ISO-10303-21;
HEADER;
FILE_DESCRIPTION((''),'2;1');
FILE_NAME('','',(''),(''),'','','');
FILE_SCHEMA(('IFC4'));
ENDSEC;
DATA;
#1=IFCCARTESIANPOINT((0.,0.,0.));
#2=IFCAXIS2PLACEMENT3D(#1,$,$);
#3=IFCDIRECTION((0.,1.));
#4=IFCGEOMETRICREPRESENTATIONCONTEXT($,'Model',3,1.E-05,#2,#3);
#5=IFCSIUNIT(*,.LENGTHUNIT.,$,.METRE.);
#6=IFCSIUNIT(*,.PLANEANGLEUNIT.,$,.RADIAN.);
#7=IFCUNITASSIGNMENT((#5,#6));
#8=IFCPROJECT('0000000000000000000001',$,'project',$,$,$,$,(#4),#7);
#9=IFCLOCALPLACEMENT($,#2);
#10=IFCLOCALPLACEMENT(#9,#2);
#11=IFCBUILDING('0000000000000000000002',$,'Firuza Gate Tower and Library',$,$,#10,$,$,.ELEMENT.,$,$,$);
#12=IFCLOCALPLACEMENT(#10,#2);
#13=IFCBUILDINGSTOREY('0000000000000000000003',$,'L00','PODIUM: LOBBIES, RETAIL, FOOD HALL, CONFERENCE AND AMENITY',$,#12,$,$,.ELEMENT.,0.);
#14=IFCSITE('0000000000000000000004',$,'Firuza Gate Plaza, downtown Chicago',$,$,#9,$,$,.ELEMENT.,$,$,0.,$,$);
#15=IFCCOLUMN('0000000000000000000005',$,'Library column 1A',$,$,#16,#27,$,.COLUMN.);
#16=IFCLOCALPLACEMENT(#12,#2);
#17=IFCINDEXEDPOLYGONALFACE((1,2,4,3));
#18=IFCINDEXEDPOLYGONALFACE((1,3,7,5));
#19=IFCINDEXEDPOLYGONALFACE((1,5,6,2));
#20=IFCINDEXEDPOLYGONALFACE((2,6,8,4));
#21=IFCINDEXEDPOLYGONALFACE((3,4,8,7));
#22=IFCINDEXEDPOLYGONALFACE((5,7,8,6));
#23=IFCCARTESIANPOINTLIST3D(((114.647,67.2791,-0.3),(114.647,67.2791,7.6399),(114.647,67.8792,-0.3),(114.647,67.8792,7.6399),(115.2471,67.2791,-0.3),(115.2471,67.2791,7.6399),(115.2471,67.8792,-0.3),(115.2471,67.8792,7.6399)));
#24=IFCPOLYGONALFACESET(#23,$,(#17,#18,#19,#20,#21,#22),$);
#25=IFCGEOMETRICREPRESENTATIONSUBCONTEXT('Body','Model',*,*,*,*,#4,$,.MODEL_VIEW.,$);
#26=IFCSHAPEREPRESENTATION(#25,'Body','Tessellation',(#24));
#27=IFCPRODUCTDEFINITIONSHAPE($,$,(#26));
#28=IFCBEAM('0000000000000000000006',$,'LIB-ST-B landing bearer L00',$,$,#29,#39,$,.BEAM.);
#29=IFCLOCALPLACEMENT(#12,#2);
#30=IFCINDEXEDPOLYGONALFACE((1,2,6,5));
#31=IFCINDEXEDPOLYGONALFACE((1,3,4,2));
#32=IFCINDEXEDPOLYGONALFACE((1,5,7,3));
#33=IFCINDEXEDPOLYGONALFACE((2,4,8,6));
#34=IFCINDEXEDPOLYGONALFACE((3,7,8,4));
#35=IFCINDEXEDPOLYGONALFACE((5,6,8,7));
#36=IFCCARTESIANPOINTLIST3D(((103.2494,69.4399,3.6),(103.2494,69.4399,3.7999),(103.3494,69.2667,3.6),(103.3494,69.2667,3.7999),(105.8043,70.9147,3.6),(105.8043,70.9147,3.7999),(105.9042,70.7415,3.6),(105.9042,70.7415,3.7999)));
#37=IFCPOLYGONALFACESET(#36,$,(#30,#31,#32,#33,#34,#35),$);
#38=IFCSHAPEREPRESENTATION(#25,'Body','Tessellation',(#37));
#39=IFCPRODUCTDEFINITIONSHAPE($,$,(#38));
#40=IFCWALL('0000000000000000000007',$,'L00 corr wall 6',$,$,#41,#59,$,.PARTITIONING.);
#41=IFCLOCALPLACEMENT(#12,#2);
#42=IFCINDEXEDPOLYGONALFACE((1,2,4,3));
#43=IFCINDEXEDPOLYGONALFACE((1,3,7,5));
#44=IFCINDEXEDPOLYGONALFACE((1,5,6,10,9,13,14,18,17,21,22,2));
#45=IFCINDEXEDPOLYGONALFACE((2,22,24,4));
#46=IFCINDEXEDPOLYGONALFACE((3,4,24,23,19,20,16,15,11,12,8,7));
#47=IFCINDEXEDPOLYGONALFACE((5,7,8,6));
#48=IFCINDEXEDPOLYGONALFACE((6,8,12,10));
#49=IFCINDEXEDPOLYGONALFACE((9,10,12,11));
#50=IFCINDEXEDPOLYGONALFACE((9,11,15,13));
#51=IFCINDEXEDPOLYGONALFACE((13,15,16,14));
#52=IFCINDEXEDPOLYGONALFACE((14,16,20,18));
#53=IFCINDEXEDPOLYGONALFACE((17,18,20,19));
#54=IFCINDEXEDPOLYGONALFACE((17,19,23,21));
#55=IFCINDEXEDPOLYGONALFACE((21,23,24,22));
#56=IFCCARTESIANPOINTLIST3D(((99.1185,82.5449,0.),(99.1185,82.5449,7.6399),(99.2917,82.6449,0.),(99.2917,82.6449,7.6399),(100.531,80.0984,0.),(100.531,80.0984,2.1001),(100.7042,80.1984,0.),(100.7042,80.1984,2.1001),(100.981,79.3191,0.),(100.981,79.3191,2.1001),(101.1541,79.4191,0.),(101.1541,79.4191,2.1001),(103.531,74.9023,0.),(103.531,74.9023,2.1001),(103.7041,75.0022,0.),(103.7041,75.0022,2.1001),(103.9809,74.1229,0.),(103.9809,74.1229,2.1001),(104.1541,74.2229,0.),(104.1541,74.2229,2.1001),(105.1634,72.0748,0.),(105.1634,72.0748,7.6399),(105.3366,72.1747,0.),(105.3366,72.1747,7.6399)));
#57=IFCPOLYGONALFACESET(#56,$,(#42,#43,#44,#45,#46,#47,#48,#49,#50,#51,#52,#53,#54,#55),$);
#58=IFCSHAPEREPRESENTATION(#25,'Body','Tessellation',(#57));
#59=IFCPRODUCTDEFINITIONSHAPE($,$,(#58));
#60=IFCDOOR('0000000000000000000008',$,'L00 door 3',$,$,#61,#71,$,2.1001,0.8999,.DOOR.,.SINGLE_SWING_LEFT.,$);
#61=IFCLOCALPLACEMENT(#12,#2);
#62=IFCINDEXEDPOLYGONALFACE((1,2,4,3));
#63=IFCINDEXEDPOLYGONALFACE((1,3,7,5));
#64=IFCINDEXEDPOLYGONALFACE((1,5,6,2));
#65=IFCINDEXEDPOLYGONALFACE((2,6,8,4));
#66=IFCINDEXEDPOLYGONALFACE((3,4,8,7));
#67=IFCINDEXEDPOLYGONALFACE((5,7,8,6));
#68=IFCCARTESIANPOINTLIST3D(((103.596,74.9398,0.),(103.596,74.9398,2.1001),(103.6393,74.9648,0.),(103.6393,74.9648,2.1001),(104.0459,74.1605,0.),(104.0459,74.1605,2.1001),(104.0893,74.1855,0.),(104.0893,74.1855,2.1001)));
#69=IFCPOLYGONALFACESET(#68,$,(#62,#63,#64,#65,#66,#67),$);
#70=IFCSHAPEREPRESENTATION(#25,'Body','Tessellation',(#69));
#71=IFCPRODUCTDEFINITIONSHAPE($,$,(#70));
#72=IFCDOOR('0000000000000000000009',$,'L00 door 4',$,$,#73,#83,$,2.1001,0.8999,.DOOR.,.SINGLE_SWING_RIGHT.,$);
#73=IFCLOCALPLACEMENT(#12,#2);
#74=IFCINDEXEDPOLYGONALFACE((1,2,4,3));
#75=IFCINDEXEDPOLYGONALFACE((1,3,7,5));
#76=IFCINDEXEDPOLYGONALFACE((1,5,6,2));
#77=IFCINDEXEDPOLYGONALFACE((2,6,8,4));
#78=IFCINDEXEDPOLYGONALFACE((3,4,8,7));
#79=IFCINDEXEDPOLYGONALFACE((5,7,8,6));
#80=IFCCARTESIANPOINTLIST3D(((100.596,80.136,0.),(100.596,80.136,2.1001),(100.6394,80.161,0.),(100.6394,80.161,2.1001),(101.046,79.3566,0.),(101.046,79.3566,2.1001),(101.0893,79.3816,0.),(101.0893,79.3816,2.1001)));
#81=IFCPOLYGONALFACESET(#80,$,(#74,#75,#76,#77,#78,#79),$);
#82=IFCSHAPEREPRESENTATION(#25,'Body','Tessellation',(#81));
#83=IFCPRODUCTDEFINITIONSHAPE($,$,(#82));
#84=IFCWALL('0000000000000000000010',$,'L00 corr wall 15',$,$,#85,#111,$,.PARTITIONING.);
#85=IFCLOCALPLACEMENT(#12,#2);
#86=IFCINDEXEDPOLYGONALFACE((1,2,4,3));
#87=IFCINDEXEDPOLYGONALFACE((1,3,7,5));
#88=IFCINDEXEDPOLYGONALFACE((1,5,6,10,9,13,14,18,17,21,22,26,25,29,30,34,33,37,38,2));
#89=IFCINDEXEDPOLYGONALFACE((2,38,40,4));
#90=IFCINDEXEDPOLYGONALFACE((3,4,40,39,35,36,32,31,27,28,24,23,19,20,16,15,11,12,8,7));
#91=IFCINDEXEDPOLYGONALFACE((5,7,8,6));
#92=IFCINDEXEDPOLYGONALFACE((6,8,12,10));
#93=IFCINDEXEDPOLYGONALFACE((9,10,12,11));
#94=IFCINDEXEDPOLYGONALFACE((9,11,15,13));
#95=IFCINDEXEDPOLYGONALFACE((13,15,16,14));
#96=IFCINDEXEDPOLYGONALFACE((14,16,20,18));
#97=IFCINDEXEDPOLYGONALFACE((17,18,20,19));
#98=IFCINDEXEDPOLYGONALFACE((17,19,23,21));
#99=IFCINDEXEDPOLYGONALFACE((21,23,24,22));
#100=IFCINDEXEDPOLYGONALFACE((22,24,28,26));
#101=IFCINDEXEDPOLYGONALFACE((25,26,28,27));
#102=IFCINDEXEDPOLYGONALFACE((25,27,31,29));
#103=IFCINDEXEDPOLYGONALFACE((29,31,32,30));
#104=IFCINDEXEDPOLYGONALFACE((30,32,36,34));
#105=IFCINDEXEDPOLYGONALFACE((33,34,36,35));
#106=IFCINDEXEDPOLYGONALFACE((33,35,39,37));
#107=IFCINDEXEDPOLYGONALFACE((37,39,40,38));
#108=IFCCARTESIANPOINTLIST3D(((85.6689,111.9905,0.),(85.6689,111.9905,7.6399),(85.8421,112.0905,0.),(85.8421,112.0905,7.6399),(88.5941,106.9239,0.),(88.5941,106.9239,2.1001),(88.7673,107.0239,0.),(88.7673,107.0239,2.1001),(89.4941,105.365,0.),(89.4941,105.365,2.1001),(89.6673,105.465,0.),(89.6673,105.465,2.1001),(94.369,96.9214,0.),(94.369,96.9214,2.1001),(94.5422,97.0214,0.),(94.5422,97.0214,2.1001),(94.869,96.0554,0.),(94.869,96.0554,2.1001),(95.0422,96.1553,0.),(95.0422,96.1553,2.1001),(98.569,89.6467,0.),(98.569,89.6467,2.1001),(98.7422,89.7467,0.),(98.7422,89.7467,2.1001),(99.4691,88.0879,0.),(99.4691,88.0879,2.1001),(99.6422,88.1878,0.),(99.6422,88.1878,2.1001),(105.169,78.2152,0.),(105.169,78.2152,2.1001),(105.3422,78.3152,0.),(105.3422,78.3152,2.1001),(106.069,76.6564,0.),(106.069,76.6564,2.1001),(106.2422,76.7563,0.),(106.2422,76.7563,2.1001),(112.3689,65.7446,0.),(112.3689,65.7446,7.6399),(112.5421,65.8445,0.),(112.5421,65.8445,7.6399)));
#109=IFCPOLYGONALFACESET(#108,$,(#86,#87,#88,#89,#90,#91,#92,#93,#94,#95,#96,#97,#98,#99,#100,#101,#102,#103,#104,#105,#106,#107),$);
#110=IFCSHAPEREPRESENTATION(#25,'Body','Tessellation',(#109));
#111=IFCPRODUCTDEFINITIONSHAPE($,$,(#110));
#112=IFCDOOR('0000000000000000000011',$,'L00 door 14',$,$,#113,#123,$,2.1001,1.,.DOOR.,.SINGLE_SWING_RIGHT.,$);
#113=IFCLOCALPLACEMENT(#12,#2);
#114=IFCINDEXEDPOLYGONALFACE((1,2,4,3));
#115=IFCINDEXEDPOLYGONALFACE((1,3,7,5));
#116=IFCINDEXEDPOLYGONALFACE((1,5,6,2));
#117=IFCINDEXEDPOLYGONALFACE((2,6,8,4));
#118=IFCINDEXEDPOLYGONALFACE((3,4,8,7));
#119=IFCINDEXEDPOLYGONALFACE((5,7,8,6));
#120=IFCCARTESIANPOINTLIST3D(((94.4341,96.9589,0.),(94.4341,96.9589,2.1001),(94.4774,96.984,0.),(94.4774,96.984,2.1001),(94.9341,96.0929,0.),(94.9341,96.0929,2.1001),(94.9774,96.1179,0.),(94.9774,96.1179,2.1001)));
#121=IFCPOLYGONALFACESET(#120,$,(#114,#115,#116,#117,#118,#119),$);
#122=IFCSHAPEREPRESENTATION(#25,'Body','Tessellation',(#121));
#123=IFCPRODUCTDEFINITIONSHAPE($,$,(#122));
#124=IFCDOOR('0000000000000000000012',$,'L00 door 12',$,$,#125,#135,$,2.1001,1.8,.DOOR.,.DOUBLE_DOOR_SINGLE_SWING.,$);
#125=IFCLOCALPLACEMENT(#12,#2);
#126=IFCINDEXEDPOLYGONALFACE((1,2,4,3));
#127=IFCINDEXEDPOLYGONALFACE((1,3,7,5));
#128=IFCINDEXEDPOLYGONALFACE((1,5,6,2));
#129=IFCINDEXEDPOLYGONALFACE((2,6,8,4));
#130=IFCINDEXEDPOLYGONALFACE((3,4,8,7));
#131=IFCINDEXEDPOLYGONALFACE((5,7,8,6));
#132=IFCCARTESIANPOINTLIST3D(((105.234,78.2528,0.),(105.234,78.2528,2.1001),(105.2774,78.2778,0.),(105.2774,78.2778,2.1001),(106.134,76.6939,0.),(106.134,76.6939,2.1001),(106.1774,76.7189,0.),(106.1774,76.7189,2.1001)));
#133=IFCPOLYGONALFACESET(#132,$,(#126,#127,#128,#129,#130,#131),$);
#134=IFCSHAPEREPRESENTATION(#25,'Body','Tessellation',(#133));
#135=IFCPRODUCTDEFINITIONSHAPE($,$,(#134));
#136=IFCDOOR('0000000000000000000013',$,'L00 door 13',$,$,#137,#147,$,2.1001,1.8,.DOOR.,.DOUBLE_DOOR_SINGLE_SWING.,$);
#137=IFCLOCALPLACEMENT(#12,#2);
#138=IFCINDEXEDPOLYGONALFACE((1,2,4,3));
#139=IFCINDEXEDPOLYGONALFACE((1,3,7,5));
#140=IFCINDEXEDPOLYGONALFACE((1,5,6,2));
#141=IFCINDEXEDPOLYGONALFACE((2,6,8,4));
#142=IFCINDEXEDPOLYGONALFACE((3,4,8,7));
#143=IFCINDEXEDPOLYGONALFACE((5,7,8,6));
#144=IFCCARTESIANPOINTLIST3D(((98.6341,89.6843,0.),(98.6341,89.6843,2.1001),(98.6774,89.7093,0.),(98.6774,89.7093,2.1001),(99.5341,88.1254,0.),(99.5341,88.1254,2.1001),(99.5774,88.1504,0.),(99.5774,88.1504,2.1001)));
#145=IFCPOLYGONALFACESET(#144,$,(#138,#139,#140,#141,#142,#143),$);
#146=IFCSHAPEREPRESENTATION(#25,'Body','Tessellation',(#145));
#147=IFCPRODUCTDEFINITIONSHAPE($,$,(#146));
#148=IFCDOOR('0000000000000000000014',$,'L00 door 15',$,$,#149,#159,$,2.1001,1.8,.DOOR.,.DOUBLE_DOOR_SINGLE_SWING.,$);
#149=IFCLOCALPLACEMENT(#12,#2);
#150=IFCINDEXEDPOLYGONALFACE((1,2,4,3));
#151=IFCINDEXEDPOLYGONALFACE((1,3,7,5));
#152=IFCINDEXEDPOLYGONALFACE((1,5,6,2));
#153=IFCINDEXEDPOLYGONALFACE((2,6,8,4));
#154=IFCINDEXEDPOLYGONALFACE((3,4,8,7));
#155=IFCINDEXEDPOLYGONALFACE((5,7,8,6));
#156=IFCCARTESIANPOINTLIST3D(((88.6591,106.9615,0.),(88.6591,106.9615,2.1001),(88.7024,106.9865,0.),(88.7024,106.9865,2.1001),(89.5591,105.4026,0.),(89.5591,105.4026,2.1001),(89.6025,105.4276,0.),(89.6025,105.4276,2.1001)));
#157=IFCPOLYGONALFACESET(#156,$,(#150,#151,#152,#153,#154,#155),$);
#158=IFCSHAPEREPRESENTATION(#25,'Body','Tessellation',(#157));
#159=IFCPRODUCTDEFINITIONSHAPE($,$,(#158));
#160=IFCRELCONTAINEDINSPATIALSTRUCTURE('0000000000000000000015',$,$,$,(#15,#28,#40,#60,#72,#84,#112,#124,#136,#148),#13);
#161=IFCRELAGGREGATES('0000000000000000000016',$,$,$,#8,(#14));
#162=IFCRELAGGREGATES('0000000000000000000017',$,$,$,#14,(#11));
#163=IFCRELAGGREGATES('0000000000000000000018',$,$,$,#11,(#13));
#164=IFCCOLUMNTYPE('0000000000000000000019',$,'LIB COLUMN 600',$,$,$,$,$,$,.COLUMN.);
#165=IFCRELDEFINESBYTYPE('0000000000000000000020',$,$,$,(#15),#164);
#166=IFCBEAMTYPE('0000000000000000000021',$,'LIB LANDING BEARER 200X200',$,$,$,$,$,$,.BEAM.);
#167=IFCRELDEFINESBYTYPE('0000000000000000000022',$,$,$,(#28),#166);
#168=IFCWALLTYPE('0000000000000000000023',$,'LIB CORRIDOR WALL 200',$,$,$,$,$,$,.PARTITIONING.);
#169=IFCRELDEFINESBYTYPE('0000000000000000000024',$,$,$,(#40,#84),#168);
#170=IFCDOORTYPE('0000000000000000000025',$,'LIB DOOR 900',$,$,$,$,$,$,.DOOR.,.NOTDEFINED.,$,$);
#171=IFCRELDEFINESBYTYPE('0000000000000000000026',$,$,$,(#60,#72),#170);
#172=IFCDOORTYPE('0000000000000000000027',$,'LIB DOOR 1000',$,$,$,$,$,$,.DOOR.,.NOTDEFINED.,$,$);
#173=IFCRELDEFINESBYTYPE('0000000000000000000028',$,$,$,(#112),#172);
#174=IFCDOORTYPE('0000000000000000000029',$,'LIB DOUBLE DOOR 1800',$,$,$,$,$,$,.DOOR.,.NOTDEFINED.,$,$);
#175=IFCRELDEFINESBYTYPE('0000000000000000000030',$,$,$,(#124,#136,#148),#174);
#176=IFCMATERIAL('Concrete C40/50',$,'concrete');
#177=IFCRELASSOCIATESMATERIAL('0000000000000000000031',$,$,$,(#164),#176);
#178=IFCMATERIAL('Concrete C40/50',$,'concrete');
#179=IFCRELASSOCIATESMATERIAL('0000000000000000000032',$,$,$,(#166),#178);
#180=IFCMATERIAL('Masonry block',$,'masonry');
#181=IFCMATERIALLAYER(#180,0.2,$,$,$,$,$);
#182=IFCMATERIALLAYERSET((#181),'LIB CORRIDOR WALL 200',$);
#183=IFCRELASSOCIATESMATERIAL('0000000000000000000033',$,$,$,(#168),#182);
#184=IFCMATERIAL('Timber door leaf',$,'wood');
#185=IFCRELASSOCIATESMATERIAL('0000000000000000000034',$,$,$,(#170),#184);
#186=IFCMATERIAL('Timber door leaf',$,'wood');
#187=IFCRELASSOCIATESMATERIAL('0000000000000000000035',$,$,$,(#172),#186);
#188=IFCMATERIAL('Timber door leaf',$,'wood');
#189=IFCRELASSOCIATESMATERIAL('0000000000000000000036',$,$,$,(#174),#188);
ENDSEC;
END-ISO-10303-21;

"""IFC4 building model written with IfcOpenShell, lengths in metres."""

from ifc_helpers import new_model, si_unit, direction, frame, frame_2d, origin, origin_2d, place, context, subcontext, project, spatial, rectangle, extrude, material, layer, layer_set, material_profile, profile_set, type_object, element, fill, save


model = new_model("IFC4")

# Units and contexts
model_context = context("Model", 3, precision=1e-05, world=origin(), true_north=direction((0.0, 1.0)))
body_context = subcontext(model_context, "Body", "Model", "MODEL_VIEW")
ifc_project = project(units=[si_unit("LENGTHUNIT", "METRE"), si_unit("PLANEANGLEUNIT", "RADIAN")], contexts=[model_context])

# Site, building, storey
site_placement = place(None, origin())
site = spatial("IfcSite", under=ifc_project, at=site_placement, Name="Firuza Gate Plaza, downtown Chicago", CompositionType="ELEMENT", RefElevation=0.0)
building_placement = place(site_placement, origin())
building = spatial("IfcBuilding", under=site, at=building_placement, Name="Firuza Gate Tower and Library", CompositionType="ELEMENT")
storey_placement = place(building_placement, origin())
storey = spatial("IfcBuildingStorey", under=building, at=storey_placement, Name="L00", Description="PODIUM: LOBBIES, RETAIL, FOOD HALL, CONFERENCE AND AMENITY", CompositionType="ELEMENT", Elevation=0.0)

# Column
ifc_material_1 = material(Name="Concrete C40/50", Category="concrete")
ifc_material_profile_1 = material_profile(ifc_material_1, rectangle(XDim=0.6001, YDim=0.6001, at=origin_2d()))
ifc_profile_set_1 = profile_set([ifc_material_profile_1], Name="Concrete C40/50")
column_type = type_object("IfcColumnType", Name="LIB COLUMN 600", PredefinedType="COLUMN", material=ifc_profile_set_1)
column_placement = place(storey_placement, frame((114.947, 67.5791, -0.3), z_axis=(0.0, 0.0, 1.0), x_axis=(1.0, 0.0, 0.0)))
element("IfcColumn", 1, at=column_placement, inside=storey, type_object=column_type, Name="Library column 1A", PredefinedType="COLUMN", context=body_context, shape_type="SweptSolid", body=[
    extrude(rectangle(XDim=0.6001, YDim=0.6001, at=origin_2d()), origin(), (0.0, 0.0, 1.0), 7.9399),
])

# Beam
ifc_material_2 = material(Name="Concrete C40/50", Category="concrete")
ifc_material_profile_2 = material_profile(ifc_material_2, rectangle(XDim=0.2, YDim=0.2, at=origin_2d()))
ifc_profile_set_2 = profile_set([ifc_material_profile_2], Name="Concrete C40/50")
beam_type = type_object("IfcBeamType", Name="LIB LANDING BEARER 200X200", PredefinedType="BEAM", material=ifc_profile_set_2)
beam_placement = place(storey_placement, frame((105.8542, 70.8281, 3.7), z_axis=(-0.86606, -0.49994, 0.0), x_axis=(0.49994, -0.86606, 0.0)))
element("IfcBeam", 2, at=beam_placement, inside=storey, type_object=beam_type, Name="LIB-ST-B landing bearer L00", PredefinedType="BEAM", context=body_context, shape_type="SweptSolid", body=[
    extrude(rectangle(XDim=0.2, YDim=0.2, at=origin_2d()), origin(), (0.0, 0.0, 1.0), 2.95),
])

# Walls, openings, doors
ifc_material_3 = material(Name="Masonry block", Category="masonry")
ifc_layer_1 = layer(ifc_material_3, 0.2)
ifc_layer_set_1 = layer_set([ifc_layer_1], Name="LIB CORRIDOR WALL 200")
wall_type_1 = type_object("IfcWallType", Name="LIB CORRIDOR WALL 200", PredefinedType="PARTITIONING", material=ifc_layer_set_1)
wall_1_placement = place(storey_placement, frame((105.25, 72.1248, 0.0), z_axis=(0.0, 0.0, 1.0), x_axis=(-0.499996, 0.866028, 0.0)))
wall_1 = element("IfcWall", 3, at=wall_1_placement, inside=storey, type_object=wall_type_1, Name="L00 corr wall 6", PredefinedType="PARTITIONING", context=body_context, shape_type="SweptSolid", body=[
    extrude(rectangle(XDim=12.0898, YDim=0.2, at=frame_2d((6.0449, 0.0))), origin(), (0.0, 0.0, 1.0), 7.6399),
])
opening_1_placement = place(wall_1_placement, frame((2.365, 0.0, 0.0)))
opening_1 = element("IfcOpeningElement", 4, at=opening_1_placement, cuts=wall_1, PredefinedType="OPENING", context=body_context, shape_type="SweptSolid", body=[
    extrude(rectangle(XDim=0.8999, YDim=2.1001, at=frame_2d((0.45, 1.05))), frame((0.0, 0.1099, 0.0), z_axis=(0.0, -1.0, 0.0), x_axis=(1.0, 0.0, 0.0)), (0.0, 0.0, 1.0), 0.22),
])
opening_2_placement = place(wall_1_placement, frame((8.365, 0.0, 0.0)))
opening_2 = element("IfcOpeningElement", 5, at=opening_2_placement, cuts=wall_1, PredefinedType="OPENING", context=body_context, shape_type="SweptSolid", body=[
    extrude(rectangle(XDim=0.8999, YDim=2.1001, at=frame_2d((0.45, 1.05))), frame((0.0, 0.1099, 0.0), z_axis=(0.0, -1.0, 0.0), x_axis=(1.0, 0.0, 0.0)), (0.0, 0.0, 1.0), 0.22),
])
ifc_material_4 = material(Name="Timber door leaf", Category="wood")
door_type_1 = type_object("IfcDoorType", Name="LIB DOOR 900", OperationType="NOTDEFINED", PredefinedType="DOOR", material=ifc_material_4)
door_1_placement = place(opening_1_placement, origin())
door_1 = element("IfcDoor", 6, at=door_1_placement, inside=storey, type_object=door_type_1, Name="L00 door 3", OperationType="SINGLE_SWING_LEFT", OverallHeight=2.1001, OverallWidth=0.8999, PredefinedType="DOOR", context=body_context, shape_type="SweptSolid", body=[
    extrude(rectangle(XDim=0.8999, YDim=2.1001, at=frame_2d((0.45, 1.05))), frame((0.0, 0.0249, 0.0), z_axis=(0.0, -1.0, 0.0), x_axis=(1.0, 0.0, 0.0)), (0.0, 0.0, 1.0), 0.05),
])
fill(opening_1, door_1)
door_2_placement = place(opening_2_placement, origin())
door_2 = element("IfcDoor", 7, at=door_2_placement, inside=storey, type_object=door_type_1, Name="L00 door 4", OperationType="SINGLE_SWING_RIGHT", OverallHeight=2.1001, OverallWidth=0.8999, PredefinedType="DOOR", context=body_context, shape_type="SweptSolid", body=[
    extrude(rectangle(XDim=0.8999, YDim=2.1001, at=frame_2d((0.45, 1.05))), frame((0.0, 0.0249, 0.0), z_axis=(0.0, -1.0, 0.0), x_axis=(1.0, 0.0, 0.0)), (0.0, 0.0, 1.0), 0.05),
])
fill(opening_2, door_2)
wall_2_placement = place(storey_placement, frame((112.4556, 65.7944, 0.0), z_axis=(0.0, 0.0, 1.0), x_axis=(-0.499999, 0.866026, 0.0)))
wall_2 = element("IfcWall", 8, at=wall_2_placement, inside=storey, type_object=wall_type_1, Name="L00 corr wall 15", PredefinedType="PARTITIONING", context=body_context, shape_type="SweptSolid", body=[
    extrude(rectangle(XDim=53.4001, YDim=0.2, at=frame_2d((26.7002, 0.0))), origin(), (0.0, 0.0, 1.0), 7.6399),
])
opening_3_placement = place(wall_2_placement, frame((12.6001, 0.0, 0.0)))
opening_3 = element("IfcOpeningElement", 9, at=opening_3_placement, cuts=wall_2, PredefinedType="OPENING", context=body_context, shape_type="SweptSolid", body=[
    extrude(rectangle(XDim=1.8, YDim=2.1001, at=frame_2d((0.8999, 1.05))), frame((0.0, 0.1099, 0.0), z_axis=(0.0, -1.0, 0.0), x_axis=(1.0, 0.0, 0.0)), (0.0, 0.0, 1.0), 0.22),
])
opening_4_placement = place(wall_2_placement, frame((25.8, 0.0, 0.0)))
opening_4 = element("IfcOpeningElement", 10, at=opening_4_placement, cuts=wall_2, PredefinedType="OPENING", context=body_context, shape_type="SweptSolid", body=[
    extrude(rectangle(XDim=1.8, YDim=2.1001, at=frame_2d((0.8999, 1.05))), frame((0.0, 0.1099, 0.0), z_axis=(0.0, -1.0, 0.0), x_axis=(1.0, 0.0, 0.0)), (0.0, 0.0, 1.0), 0.22),
])
opening_5_placement = place(wall_2_placement, frame((35.0, 0.0, 0.0)))
opening_5 = element("IfcOpeningElement", 11, at=opening_5_placement, cuts=wall_2, PredefinedType="OPENING", context=body_context, shape_type="SweptSolid", body=[
    extrude(rectangle(XDim=1.0, YDim=2.1001, at=frame_2d((0.5, 1.05))), frame((0.0, 0.1099, 0.0), z_axis=(0.0, -1.0, 0.0), x_axis=(1.0, 0.0, 0.0)), (0.0, 0.0, 1.0), 0.22),
])
opening_6_placement = place(wall_2_placement, frame((45.75, 0.0, 0.0)))
opening_6 = element("IfcOpeningElement", 12, at=opening_6_placement, cuts=wall_2, PredefinedType="OPENING", context=body_context, shape_type="SweptSolid", body=[
    extrude(rectangle(XDim=1.8, YDim=2.1001, at=frame_2d((0.8999, 1.05))), frame((0.0, 0.1099, 0.0), z_axis=(0.0, -1.0, 0.0), x_axis=(1.0, 0.0, 0.0)), (0.0, 0.0, 1.0), 0.22),
])
ifc_material_5 = material(Name="Timber door leaf", Category="wood")
door_type_2 = type_object("IfcDoorType", Name="LIB DOOR 1000", OperationType="NOTDEFINED", PredefinedType="DOOR", material=ifc_material_5)
door_3_placement = place(opening_5_placement, origin())
door_3 = element("IfcDoor", 13, at=door_3_placement, inside=storey, type_object=door_type_2, Name="L00 door 14", OperationType="SINGLE_SWING_RIGHT", OverallHeight=2.1001, OverallWidth=1.0, PredefinedType="DOOR", context=body_context, shape_type="SweptSolid", body=[
    extrude(rectangle(XDim=1.0, YDim=2.1001, at=frame_2d((0.5, 1.05))), frame((0.0, 0.0249, 0.0), z_axis=(0.0, -1.0, 0.0), x_axis=(1.0, 0.0, 0.0)), (0.0, 0.0, 1.0), 0.05),
])
fill(opening_5, door_3)
ifc_material_6 = material(Name="Timber door leaf", Category="wood")
door_type_3 = type_object("IfcDoorType", Name="LIB DOUBLE DOOR 1800", OperationType="NOTDEFINED", PredefinedType="DOOR", material=ifc_material_6)
door_4_placement = place(opening_3_placement, origin())
door_4 = element("IfcDoor", 14, at=door_4_placement, inside=storey, type_object=door_type_3, Name="L00 door 12", OperationType="DOUBLE_DOOR_SINGLE_SWING", OverallHeight=2.1001, OverallWidth=1.8, PredefinedType="DOOR", context=body_context, shape_type="SweptSolid", body=[
    extrude(rectangle(XDim=1.8, YDim=2.1001, at=frame_2d((0.8999, 1.05))), frame((0.0, 0.0249, 0.0), z_axis=(0.0, -1.0, 0.0), x_axis=(1.0, 0.0, 0.0)), (0.0, 0.0, 1.0), 0.05),
])
fill(opening_3, door_4)
door_5_placement = place(opening_4_placement, origin())
door_5 = element("IfcDoor", 15, at=door_5_placement, inside=storey, type_object=door_type_3, Name="L00 door 13", OperationType="DOUBLE_DOOR_SINGLE_SWING", OverallHeight=2.1001, OverallWidth=1.8, PredefinedType="DOOR", context=body_context, shape_type="SweptSolid", body=[
    extrude(rectangle(XDim=1.8, YDim=2.1001, at=frame_2d((0.8999, 1.05))), frame((0.0, 0.0249, 0.0), z_axis=(0.0, -1.0, 0.0), x_axis=(1.0, 0.0, 0.0)), (0.0, 0.0, 1.0), 0.05),
])
fill(opening_4, door_5)
door_6_placement = place(opening_6_placement, origin())
door_6 = element("IfcDoor", 16, at=door_6_placement, inside=storey, type_object=door_type_3, Name="L00 door 15", OperationType="DOUBLE_DOOR_SINGLE_SWING", OverallHeight=2.1001, OverallWidth=1.8, PredefinedType="DOOR", context=body_context, shape_type="SweptSolid", body=[
    extrude(rectangle(XDim=1.8, YDim=2.1001, at=frame_2d((0.8999, 1.05))), frame((0.0, 0.0249, 0.0), z_axis=(0.0, -1.0, 0.0), x_axis=(1.0, 0.0, 0.0)), (0.0, 0.0, 1.0), 0.05),
])
fill(opening_6, door_6)

save(model, "model.ifc")
